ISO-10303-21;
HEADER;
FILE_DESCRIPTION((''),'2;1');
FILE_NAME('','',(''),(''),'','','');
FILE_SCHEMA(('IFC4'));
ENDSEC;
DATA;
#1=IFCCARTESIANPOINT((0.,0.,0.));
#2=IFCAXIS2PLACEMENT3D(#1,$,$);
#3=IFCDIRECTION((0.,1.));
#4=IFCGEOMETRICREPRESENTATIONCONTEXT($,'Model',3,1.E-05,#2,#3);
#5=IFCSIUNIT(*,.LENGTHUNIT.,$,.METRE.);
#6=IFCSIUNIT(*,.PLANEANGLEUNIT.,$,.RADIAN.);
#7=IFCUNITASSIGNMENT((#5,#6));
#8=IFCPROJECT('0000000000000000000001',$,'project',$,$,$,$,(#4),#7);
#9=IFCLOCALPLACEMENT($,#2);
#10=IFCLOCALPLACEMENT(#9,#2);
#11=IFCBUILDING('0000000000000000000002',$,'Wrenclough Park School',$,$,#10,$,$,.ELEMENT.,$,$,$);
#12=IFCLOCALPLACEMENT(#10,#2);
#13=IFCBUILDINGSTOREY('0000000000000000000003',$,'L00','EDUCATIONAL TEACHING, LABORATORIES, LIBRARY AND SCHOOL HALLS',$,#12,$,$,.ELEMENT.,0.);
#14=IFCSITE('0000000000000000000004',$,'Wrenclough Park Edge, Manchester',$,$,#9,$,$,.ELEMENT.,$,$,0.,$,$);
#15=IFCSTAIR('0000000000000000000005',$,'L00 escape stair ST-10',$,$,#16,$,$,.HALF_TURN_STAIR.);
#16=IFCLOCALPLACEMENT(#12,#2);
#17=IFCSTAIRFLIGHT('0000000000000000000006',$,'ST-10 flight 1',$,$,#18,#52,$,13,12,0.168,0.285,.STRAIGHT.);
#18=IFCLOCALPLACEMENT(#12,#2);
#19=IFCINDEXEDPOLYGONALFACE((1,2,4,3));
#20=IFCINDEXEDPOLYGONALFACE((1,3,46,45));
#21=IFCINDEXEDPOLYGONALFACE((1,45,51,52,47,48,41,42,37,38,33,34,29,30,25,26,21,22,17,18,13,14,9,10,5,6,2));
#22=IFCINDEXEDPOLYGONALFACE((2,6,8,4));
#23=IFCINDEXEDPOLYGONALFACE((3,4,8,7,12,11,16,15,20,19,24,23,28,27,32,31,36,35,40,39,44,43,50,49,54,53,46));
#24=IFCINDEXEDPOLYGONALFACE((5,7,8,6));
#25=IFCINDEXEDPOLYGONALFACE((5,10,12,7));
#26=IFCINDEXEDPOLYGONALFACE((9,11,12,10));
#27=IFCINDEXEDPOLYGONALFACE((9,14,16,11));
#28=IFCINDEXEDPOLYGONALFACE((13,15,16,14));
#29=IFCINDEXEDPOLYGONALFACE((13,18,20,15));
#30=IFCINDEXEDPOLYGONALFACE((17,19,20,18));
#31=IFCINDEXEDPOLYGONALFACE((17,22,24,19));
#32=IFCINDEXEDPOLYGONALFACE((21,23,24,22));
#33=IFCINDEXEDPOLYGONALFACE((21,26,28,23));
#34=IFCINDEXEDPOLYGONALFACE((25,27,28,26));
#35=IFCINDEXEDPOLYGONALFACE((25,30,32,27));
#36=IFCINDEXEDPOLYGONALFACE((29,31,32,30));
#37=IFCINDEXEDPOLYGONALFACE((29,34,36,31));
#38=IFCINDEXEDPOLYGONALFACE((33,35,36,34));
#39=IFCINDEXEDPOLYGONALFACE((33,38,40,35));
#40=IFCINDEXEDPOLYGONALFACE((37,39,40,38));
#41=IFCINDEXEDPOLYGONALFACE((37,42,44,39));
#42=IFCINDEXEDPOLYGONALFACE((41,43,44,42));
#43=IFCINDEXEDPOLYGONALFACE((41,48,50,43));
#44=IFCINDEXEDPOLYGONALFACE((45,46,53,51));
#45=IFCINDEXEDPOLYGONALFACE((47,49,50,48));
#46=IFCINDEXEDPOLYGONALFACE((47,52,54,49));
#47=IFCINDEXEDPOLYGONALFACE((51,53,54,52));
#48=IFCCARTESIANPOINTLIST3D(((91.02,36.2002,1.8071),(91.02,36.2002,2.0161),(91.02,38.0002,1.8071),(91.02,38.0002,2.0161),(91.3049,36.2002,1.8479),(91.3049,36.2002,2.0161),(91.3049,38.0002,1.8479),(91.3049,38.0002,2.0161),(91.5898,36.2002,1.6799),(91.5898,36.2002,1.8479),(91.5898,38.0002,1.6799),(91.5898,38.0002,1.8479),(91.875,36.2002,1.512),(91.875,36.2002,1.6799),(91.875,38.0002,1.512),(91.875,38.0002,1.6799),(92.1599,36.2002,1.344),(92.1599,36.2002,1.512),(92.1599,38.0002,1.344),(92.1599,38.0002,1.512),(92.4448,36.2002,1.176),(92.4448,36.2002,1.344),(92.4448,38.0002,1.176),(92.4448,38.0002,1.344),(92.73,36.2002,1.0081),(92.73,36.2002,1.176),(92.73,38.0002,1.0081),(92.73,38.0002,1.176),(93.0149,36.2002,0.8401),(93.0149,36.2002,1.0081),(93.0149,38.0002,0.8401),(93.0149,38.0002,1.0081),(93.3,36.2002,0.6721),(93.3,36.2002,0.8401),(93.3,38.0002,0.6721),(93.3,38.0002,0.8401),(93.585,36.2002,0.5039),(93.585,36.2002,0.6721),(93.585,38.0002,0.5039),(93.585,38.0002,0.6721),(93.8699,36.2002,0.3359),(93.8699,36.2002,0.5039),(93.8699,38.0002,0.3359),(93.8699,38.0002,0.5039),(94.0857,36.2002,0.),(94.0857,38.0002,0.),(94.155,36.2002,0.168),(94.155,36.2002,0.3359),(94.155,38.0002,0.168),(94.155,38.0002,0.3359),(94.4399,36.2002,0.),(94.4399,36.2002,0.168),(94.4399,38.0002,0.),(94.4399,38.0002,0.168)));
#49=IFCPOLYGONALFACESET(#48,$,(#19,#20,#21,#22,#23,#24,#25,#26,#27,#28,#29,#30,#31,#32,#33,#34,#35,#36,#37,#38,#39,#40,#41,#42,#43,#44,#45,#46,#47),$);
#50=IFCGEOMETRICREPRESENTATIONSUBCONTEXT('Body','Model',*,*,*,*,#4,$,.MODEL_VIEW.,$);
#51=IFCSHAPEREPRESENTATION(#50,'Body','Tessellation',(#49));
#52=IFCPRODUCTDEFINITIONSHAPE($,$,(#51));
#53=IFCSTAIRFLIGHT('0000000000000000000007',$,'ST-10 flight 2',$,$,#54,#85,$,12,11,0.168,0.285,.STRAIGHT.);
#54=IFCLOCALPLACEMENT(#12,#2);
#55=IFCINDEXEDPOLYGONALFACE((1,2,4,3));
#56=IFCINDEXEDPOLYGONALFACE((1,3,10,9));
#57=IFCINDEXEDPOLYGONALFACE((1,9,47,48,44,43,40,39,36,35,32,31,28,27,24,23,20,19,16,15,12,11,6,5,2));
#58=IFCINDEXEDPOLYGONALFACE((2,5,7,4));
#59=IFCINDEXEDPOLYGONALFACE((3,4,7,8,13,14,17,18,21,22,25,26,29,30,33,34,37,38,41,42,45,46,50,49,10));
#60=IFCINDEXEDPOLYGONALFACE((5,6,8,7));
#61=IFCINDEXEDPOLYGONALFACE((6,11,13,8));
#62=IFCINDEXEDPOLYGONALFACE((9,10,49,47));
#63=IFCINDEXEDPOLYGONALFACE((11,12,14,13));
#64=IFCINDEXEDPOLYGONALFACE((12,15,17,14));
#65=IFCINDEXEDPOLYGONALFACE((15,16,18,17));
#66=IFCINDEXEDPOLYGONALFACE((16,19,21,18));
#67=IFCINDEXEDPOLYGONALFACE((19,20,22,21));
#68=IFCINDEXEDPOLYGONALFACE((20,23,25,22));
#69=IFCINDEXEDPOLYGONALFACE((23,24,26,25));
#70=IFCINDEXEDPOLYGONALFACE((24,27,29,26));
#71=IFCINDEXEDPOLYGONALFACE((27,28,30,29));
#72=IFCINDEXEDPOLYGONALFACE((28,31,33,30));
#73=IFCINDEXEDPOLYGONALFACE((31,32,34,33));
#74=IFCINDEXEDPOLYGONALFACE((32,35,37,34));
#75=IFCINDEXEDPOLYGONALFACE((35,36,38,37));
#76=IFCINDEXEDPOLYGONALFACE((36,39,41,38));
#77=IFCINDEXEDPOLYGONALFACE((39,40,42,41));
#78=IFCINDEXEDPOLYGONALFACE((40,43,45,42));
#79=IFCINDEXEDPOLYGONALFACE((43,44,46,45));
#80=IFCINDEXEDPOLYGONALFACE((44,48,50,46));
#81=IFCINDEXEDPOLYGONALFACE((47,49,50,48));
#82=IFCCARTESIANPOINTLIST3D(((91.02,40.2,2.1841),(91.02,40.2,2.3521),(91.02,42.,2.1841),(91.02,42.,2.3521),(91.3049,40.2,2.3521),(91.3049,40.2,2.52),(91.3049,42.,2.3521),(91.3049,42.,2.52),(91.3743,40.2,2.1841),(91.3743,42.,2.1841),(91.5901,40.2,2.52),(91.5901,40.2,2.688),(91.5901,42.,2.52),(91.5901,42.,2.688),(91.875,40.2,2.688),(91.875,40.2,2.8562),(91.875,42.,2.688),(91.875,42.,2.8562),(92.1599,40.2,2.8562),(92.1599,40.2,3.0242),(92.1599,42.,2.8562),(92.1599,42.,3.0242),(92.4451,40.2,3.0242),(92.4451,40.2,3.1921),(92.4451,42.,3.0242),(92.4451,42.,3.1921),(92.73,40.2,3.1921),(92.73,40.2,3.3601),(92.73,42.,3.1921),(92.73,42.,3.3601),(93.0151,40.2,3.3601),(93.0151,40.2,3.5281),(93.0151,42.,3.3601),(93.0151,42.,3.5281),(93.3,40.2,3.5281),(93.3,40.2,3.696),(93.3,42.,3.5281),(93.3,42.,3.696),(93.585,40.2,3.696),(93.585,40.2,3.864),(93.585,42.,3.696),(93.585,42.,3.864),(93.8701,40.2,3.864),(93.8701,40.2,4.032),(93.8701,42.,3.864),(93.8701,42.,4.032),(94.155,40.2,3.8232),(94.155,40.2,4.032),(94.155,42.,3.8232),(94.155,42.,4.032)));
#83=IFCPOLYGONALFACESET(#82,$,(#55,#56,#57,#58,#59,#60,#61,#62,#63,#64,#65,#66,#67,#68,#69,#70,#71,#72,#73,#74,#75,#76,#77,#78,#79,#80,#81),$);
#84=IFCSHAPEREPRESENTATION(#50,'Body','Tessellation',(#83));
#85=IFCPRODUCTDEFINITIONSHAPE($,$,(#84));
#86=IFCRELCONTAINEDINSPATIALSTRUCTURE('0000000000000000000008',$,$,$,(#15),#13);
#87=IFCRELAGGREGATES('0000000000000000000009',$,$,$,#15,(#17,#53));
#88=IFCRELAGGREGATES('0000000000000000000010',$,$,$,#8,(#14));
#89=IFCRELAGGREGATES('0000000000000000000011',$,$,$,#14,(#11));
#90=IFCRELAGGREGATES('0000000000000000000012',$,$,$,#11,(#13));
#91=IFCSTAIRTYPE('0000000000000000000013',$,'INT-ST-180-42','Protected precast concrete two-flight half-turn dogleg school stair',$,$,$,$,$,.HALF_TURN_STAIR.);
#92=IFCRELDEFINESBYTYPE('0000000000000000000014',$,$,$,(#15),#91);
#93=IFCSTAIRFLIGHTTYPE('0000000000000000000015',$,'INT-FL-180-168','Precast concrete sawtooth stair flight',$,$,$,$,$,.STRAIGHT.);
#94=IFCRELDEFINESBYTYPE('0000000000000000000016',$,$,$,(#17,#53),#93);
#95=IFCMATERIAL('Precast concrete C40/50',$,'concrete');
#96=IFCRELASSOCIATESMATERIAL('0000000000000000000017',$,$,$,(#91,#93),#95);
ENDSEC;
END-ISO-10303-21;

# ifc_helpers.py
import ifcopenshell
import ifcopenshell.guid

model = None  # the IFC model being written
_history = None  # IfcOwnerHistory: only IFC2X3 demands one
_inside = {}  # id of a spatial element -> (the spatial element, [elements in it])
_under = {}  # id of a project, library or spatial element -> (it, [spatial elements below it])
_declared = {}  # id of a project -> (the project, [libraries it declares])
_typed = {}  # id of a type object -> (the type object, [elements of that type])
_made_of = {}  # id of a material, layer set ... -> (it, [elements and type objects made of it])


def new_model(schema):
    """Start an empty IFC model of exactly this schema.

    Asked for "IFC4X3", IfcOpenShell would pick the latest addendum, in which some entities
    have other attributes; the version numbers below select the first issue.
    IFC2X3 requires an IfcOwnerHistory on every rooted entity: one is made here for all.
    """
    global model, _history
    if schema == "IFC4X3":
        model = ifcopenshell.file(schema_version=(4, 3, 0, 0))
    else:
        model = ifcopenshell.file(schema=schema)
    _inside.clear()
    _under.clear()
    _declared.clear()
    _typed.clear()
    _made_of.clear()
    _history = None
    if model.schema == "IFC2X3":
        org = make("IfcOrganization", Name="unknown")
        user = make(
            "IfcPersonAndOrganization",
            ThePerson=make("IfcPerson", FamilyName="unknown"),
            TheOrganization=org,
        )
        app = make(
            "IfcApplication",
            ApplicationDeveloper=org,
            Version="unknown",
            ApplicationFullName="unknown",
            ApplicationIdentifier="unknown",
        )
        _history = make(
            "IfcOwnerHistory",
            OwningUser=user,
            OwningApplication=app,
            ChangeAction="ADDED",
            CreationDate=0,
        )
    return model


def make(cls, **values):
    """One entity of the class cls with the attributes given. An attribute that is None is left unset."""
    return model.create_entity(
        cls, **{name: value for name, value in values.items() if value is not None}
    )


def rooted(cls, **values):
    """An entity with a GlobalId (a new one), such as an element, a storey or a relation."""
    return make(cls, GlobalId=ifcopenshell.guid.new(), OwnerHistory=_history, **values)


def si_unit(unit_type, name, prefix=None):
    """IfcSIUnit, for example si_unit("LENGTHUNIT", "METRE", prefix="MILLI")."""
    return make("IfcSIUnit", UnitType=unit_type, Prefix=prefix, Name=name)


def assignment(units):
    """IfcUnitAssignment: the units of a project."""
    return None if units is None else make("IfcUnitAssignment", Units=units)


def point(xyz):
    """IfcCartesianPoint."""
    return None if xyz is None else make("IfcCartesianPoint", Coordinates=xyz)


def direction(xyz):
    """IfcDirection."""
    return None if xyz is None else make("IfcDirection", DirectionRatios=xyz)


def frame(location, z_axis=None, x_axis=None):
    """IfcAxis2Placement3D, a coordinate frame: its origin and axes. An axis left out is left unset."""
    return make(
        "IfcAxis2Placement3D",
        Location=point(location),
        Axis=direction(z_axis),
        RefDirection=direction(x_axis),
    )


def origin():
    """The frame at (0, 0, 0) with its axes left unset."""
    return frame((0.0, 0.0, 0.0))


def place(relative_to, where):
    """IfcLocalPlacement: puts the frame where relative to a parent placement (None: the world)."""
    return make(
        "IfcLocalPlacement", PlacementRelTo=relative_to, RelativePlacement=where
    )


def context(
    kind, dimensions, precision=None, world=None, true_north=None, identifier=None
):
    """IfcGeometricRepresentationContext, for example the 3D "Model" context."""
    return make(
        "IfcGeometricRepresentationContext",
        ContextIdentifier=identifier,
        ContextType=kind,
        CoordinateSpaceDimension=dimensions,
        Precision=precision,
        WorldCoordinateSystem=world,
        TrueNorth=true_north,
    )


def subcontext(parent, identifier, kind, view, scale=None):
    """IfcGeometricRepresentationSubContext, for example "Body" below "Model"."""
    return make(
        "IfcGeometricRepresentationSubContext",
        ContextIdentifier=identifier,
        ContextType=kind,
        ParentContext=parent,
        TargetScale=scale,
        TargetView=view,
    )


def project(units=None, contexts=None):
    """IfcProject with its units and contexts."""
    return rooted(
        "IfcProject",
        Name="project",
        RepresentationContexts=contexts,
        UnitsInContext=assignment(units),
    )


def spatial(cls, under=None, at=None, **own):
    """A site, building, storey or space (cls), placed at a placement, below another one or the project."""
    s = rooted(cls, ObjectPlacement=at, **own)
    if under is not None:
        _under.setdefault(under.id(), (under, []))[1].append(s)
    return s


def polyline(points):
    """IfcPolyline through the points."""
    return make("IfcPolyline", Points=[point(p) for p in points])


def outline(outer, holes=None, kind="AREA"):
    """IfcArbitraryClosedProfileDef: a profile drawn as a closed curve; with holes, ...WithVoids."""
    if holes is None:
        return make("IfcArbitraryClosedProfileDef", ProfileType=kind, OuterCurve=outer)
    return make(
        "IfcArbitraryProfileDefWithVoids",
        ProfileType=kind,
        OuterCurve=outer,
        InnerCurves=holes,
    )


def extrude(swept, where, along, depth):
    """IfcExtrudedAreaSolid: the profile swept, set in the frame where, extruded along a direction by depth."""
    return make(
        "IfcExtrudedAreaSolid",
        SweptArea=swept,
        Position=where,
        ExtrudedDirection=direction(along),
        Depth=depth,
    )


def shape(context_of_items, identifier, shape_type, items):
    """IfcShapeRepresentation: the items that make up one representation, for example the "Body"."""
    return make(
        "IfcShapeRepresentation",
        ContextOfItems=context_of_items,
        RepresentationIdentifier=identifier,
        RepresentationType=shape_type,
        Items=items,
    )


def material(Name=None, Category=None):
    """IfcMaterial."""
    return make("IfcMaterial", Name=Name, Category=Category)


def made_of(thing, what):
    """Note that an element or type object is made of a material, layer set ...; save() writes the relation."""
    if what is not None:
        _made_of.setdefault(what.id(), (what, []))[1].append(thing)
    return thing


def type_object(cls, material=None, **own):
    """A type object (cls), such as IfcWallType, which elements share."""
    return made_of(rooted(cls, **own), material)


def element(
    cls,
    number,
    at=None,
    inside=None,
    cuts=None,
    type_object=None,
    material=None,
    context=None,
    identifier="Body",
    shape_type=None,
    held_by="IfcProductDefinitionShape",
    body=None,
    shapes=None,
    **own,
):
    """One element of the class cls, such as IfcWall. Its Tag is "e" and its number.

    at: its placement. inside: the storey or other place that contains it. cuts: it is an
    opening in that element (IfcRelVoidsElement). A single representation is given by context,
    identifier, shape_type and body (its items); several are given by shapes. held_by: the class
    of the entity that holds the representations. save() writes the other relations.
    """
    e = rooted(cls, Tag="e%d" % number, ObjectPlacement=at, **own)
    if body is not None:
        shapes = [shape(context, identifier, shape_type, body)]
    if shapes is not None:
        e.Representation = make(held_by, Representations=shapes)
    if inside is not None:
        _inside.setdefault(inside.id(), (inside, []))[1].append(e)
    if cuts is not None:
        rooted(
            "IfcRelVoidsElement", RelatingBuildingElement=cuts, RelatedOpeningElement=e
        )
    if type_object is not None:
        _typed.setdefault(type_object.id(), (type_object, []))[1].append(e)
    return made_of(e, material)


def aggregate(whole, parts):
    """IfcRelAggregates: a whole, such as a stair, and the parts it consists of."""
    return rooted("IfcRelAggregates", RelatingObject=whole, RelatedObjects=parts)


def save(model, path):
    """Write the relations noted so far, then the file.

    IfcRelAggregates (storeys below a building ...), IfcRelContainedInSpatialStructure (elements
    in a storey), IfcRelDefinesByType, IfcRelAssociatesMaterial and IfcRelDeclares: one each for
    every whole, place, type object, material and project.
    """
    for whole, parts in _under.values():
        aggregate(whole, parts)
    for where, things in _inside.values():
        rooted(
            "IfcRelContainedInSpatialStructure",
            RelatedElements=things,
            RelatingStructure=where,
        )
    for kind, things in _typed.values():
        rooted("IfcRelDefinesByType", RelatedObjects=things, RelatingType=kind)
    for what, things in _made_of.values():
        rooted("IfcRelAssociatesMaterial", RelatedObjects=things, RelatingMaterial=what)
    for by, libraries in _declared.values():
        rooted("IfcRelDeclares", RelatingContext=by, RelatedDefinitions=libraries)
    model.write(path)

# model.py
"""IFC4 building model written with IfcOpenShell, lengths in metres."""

from ifc_helpers import new_model, si_unit, direction, frame, origin, place, context, subcontext, project, spatial, polyline, outline, extrude, material, type_object, element, aggregate, save


model = new_model("IFC4")

# Units and contexts
model_context = context("Model", 3, precision=1e-05, world=origin(), true_north=direction((0.0, 1.0)))
body_context = subcontext(model_context, "Body", "Model", "MODEL_VIEW")
ifc_project = project(units=[si_unit("LENGTHUNIT", "METRE"), si_unit("PLANEANGLEUNIT", "RADIAN")], contexts=[model_context])

# Site, building, storey
site_placement = place(None, origin())
site = spatial("IfcSite", under=ifc_project, at=site_placement, Name="Wrenclough Park Edge, Manchester", CompositionType="ELEMENT", RefElevation=0.0)
building_placement = place(site_placement, origin())
building = spatial("IfcBuilding", under=site, at=building_placement, Name="Wrenclough Park School", CompositionType="ELEMENT")
storey_placement = place(building_placement, origin())
storey = spatial("IfcBuildingStorey", under=building, at=storey_placement, Name="L00", Description="EDUCATIONAL TEACHING, LABORATORIES, LIBRARY AND SCHOOL HALLS", CompositionType="ELEMENT", Elevation=0.0)

# Stair, stair flights
ifc_material_1 = material(Name="Precast concrete C40/50", Category="concrete")
stair_type = type_object("IfcStairType", Name="INT-ST-180-42", Description="Protected precast concrete two-flight half-turn dogleg school stair", PredefinedType="HALF_TURN_STAIR", material=ifc_material_1)
stair_placement = place(storey_placement, origin())
stair = element("IfcStair", 1, at=stair_placement, inside=storey, type_object=stair_type, Name="L00 escape stair ST-10", PredefinedType="HALF_TURN_STAIR")
stair_flight_type = type_object("IfcStairFlightType", Name="INT-FL-180-168", Description="Precast concrete sawtooth stair flight", PredefinedType="STRAIGHT", material=ifc_material_1)
stair_flight_1_placement = place(storey_placement, frame((94.4399, 37.1001, 0.0), z_axis=(0.0, 0.0, 1.0), x_axis=(-1.0, 0.0, 0.0)))
stair_flight_1 = element("IfcStairFlight", 2, at=stair_flight_1_placement, type_object=stair_flight_type, Name="ST-10 flight 1", NumberOfRisers=13, NumberOfTreads=12, PredefinedType="STRAIGHT", RiserHeight=0.168, TreadLength=0.285, context=body_context, shape_type="SweptSolid", body=[
    extrude(outline(polyline([(0.0, 0.0), (0.0, 0.168), (0.2849, 0.168), (0.2849, 0.3359), (0.5701, 0.3359), (0.5701, 0.5039), (0.855, 0.5039), (0.855, 0.6721), (1.1399, 0.6721), (1.1399, 0.8401), (1.425, 0.8401), (1.425, 1.0081), (1.71, 1.0081), (1.71, 1.176), (1.9951, 1.176), (1.9951, 1.344), (2.28, 1.344), (2.28, 1.512), (2.5649, 1.512), (2.5649, 1.6799), (2.8501, 1.6799), (2.8501, 1.8479), (3.135, 1.8479), (3.135, 2.0161), (3.4199, 2.0161), (3.4199, 2.1841), (3.4199, 1.8071), (0.3542, 0.0), (0.0, 0.0)])), frame((0.0, 0.8999, 0.0), z_axis=(0.0, -1.0, 0.0), x_axis=(1.0, 0.0, 0.0)), (0.0, 0.0, 1.0), 1.8),
])
stair_flight_2_placement = place(storey_placement, frame((91.02, 41.1001, 2.1841), z_axis=(0.0, 0.0, 1.0), x_axis=(1.0, 0.0, 0.0)))
stair_flight_2 = element("IfcStairFlight", 3, at=stair_flight_2_placement, type_object=stair_flight_type, Name="ST-10 flight 2", NumberOfRisers=12, NumberOfTreads=11, PredefinedType="STRAIGHT", RiserHeight=0.168, TreadLength=0.285, context=body_context, shape_type="SweptSolid", body=[
    extrude(outline(polyline([(0.0, 0.0), (0.0, 0.168), (0.2849, 0.168), (0.2849, 0.3359), (0.5701, 0.3359), (0.5701, 0.5039), (0.855, 0.5039), (0.855, 0.6721), (1.1399, 0.6721), (1.1399, 0.8401), (1.425, 0.8401), (1.425, 1.0081), (1.71, 1.0081), (1.71, 1.176), (1.9951, 1.176), (1.9951, 1.344), (2.28, 1.344), (2.28, 1.512), (2.5649, 1.512), (2.5649, 1.6799), (2.8501, 1.6799), (2.8501, 1.8479), (3.135, 1.8479), (3.135, 2.0161), (3.135, 1.6392), (0.3542, 0.0), (0.0, 0.0)])), frame((0.0, 0.8999, 0.0), z_axis=(0.0, -1.0, 0.0), x_axis=(1.0, 0.0, 0.0)), (0.0, 0.0, 1.0), 1.8),
])
aggregate(stair, [stair_flight_1, stair_flight_2])

save(model, "model.ifc")
